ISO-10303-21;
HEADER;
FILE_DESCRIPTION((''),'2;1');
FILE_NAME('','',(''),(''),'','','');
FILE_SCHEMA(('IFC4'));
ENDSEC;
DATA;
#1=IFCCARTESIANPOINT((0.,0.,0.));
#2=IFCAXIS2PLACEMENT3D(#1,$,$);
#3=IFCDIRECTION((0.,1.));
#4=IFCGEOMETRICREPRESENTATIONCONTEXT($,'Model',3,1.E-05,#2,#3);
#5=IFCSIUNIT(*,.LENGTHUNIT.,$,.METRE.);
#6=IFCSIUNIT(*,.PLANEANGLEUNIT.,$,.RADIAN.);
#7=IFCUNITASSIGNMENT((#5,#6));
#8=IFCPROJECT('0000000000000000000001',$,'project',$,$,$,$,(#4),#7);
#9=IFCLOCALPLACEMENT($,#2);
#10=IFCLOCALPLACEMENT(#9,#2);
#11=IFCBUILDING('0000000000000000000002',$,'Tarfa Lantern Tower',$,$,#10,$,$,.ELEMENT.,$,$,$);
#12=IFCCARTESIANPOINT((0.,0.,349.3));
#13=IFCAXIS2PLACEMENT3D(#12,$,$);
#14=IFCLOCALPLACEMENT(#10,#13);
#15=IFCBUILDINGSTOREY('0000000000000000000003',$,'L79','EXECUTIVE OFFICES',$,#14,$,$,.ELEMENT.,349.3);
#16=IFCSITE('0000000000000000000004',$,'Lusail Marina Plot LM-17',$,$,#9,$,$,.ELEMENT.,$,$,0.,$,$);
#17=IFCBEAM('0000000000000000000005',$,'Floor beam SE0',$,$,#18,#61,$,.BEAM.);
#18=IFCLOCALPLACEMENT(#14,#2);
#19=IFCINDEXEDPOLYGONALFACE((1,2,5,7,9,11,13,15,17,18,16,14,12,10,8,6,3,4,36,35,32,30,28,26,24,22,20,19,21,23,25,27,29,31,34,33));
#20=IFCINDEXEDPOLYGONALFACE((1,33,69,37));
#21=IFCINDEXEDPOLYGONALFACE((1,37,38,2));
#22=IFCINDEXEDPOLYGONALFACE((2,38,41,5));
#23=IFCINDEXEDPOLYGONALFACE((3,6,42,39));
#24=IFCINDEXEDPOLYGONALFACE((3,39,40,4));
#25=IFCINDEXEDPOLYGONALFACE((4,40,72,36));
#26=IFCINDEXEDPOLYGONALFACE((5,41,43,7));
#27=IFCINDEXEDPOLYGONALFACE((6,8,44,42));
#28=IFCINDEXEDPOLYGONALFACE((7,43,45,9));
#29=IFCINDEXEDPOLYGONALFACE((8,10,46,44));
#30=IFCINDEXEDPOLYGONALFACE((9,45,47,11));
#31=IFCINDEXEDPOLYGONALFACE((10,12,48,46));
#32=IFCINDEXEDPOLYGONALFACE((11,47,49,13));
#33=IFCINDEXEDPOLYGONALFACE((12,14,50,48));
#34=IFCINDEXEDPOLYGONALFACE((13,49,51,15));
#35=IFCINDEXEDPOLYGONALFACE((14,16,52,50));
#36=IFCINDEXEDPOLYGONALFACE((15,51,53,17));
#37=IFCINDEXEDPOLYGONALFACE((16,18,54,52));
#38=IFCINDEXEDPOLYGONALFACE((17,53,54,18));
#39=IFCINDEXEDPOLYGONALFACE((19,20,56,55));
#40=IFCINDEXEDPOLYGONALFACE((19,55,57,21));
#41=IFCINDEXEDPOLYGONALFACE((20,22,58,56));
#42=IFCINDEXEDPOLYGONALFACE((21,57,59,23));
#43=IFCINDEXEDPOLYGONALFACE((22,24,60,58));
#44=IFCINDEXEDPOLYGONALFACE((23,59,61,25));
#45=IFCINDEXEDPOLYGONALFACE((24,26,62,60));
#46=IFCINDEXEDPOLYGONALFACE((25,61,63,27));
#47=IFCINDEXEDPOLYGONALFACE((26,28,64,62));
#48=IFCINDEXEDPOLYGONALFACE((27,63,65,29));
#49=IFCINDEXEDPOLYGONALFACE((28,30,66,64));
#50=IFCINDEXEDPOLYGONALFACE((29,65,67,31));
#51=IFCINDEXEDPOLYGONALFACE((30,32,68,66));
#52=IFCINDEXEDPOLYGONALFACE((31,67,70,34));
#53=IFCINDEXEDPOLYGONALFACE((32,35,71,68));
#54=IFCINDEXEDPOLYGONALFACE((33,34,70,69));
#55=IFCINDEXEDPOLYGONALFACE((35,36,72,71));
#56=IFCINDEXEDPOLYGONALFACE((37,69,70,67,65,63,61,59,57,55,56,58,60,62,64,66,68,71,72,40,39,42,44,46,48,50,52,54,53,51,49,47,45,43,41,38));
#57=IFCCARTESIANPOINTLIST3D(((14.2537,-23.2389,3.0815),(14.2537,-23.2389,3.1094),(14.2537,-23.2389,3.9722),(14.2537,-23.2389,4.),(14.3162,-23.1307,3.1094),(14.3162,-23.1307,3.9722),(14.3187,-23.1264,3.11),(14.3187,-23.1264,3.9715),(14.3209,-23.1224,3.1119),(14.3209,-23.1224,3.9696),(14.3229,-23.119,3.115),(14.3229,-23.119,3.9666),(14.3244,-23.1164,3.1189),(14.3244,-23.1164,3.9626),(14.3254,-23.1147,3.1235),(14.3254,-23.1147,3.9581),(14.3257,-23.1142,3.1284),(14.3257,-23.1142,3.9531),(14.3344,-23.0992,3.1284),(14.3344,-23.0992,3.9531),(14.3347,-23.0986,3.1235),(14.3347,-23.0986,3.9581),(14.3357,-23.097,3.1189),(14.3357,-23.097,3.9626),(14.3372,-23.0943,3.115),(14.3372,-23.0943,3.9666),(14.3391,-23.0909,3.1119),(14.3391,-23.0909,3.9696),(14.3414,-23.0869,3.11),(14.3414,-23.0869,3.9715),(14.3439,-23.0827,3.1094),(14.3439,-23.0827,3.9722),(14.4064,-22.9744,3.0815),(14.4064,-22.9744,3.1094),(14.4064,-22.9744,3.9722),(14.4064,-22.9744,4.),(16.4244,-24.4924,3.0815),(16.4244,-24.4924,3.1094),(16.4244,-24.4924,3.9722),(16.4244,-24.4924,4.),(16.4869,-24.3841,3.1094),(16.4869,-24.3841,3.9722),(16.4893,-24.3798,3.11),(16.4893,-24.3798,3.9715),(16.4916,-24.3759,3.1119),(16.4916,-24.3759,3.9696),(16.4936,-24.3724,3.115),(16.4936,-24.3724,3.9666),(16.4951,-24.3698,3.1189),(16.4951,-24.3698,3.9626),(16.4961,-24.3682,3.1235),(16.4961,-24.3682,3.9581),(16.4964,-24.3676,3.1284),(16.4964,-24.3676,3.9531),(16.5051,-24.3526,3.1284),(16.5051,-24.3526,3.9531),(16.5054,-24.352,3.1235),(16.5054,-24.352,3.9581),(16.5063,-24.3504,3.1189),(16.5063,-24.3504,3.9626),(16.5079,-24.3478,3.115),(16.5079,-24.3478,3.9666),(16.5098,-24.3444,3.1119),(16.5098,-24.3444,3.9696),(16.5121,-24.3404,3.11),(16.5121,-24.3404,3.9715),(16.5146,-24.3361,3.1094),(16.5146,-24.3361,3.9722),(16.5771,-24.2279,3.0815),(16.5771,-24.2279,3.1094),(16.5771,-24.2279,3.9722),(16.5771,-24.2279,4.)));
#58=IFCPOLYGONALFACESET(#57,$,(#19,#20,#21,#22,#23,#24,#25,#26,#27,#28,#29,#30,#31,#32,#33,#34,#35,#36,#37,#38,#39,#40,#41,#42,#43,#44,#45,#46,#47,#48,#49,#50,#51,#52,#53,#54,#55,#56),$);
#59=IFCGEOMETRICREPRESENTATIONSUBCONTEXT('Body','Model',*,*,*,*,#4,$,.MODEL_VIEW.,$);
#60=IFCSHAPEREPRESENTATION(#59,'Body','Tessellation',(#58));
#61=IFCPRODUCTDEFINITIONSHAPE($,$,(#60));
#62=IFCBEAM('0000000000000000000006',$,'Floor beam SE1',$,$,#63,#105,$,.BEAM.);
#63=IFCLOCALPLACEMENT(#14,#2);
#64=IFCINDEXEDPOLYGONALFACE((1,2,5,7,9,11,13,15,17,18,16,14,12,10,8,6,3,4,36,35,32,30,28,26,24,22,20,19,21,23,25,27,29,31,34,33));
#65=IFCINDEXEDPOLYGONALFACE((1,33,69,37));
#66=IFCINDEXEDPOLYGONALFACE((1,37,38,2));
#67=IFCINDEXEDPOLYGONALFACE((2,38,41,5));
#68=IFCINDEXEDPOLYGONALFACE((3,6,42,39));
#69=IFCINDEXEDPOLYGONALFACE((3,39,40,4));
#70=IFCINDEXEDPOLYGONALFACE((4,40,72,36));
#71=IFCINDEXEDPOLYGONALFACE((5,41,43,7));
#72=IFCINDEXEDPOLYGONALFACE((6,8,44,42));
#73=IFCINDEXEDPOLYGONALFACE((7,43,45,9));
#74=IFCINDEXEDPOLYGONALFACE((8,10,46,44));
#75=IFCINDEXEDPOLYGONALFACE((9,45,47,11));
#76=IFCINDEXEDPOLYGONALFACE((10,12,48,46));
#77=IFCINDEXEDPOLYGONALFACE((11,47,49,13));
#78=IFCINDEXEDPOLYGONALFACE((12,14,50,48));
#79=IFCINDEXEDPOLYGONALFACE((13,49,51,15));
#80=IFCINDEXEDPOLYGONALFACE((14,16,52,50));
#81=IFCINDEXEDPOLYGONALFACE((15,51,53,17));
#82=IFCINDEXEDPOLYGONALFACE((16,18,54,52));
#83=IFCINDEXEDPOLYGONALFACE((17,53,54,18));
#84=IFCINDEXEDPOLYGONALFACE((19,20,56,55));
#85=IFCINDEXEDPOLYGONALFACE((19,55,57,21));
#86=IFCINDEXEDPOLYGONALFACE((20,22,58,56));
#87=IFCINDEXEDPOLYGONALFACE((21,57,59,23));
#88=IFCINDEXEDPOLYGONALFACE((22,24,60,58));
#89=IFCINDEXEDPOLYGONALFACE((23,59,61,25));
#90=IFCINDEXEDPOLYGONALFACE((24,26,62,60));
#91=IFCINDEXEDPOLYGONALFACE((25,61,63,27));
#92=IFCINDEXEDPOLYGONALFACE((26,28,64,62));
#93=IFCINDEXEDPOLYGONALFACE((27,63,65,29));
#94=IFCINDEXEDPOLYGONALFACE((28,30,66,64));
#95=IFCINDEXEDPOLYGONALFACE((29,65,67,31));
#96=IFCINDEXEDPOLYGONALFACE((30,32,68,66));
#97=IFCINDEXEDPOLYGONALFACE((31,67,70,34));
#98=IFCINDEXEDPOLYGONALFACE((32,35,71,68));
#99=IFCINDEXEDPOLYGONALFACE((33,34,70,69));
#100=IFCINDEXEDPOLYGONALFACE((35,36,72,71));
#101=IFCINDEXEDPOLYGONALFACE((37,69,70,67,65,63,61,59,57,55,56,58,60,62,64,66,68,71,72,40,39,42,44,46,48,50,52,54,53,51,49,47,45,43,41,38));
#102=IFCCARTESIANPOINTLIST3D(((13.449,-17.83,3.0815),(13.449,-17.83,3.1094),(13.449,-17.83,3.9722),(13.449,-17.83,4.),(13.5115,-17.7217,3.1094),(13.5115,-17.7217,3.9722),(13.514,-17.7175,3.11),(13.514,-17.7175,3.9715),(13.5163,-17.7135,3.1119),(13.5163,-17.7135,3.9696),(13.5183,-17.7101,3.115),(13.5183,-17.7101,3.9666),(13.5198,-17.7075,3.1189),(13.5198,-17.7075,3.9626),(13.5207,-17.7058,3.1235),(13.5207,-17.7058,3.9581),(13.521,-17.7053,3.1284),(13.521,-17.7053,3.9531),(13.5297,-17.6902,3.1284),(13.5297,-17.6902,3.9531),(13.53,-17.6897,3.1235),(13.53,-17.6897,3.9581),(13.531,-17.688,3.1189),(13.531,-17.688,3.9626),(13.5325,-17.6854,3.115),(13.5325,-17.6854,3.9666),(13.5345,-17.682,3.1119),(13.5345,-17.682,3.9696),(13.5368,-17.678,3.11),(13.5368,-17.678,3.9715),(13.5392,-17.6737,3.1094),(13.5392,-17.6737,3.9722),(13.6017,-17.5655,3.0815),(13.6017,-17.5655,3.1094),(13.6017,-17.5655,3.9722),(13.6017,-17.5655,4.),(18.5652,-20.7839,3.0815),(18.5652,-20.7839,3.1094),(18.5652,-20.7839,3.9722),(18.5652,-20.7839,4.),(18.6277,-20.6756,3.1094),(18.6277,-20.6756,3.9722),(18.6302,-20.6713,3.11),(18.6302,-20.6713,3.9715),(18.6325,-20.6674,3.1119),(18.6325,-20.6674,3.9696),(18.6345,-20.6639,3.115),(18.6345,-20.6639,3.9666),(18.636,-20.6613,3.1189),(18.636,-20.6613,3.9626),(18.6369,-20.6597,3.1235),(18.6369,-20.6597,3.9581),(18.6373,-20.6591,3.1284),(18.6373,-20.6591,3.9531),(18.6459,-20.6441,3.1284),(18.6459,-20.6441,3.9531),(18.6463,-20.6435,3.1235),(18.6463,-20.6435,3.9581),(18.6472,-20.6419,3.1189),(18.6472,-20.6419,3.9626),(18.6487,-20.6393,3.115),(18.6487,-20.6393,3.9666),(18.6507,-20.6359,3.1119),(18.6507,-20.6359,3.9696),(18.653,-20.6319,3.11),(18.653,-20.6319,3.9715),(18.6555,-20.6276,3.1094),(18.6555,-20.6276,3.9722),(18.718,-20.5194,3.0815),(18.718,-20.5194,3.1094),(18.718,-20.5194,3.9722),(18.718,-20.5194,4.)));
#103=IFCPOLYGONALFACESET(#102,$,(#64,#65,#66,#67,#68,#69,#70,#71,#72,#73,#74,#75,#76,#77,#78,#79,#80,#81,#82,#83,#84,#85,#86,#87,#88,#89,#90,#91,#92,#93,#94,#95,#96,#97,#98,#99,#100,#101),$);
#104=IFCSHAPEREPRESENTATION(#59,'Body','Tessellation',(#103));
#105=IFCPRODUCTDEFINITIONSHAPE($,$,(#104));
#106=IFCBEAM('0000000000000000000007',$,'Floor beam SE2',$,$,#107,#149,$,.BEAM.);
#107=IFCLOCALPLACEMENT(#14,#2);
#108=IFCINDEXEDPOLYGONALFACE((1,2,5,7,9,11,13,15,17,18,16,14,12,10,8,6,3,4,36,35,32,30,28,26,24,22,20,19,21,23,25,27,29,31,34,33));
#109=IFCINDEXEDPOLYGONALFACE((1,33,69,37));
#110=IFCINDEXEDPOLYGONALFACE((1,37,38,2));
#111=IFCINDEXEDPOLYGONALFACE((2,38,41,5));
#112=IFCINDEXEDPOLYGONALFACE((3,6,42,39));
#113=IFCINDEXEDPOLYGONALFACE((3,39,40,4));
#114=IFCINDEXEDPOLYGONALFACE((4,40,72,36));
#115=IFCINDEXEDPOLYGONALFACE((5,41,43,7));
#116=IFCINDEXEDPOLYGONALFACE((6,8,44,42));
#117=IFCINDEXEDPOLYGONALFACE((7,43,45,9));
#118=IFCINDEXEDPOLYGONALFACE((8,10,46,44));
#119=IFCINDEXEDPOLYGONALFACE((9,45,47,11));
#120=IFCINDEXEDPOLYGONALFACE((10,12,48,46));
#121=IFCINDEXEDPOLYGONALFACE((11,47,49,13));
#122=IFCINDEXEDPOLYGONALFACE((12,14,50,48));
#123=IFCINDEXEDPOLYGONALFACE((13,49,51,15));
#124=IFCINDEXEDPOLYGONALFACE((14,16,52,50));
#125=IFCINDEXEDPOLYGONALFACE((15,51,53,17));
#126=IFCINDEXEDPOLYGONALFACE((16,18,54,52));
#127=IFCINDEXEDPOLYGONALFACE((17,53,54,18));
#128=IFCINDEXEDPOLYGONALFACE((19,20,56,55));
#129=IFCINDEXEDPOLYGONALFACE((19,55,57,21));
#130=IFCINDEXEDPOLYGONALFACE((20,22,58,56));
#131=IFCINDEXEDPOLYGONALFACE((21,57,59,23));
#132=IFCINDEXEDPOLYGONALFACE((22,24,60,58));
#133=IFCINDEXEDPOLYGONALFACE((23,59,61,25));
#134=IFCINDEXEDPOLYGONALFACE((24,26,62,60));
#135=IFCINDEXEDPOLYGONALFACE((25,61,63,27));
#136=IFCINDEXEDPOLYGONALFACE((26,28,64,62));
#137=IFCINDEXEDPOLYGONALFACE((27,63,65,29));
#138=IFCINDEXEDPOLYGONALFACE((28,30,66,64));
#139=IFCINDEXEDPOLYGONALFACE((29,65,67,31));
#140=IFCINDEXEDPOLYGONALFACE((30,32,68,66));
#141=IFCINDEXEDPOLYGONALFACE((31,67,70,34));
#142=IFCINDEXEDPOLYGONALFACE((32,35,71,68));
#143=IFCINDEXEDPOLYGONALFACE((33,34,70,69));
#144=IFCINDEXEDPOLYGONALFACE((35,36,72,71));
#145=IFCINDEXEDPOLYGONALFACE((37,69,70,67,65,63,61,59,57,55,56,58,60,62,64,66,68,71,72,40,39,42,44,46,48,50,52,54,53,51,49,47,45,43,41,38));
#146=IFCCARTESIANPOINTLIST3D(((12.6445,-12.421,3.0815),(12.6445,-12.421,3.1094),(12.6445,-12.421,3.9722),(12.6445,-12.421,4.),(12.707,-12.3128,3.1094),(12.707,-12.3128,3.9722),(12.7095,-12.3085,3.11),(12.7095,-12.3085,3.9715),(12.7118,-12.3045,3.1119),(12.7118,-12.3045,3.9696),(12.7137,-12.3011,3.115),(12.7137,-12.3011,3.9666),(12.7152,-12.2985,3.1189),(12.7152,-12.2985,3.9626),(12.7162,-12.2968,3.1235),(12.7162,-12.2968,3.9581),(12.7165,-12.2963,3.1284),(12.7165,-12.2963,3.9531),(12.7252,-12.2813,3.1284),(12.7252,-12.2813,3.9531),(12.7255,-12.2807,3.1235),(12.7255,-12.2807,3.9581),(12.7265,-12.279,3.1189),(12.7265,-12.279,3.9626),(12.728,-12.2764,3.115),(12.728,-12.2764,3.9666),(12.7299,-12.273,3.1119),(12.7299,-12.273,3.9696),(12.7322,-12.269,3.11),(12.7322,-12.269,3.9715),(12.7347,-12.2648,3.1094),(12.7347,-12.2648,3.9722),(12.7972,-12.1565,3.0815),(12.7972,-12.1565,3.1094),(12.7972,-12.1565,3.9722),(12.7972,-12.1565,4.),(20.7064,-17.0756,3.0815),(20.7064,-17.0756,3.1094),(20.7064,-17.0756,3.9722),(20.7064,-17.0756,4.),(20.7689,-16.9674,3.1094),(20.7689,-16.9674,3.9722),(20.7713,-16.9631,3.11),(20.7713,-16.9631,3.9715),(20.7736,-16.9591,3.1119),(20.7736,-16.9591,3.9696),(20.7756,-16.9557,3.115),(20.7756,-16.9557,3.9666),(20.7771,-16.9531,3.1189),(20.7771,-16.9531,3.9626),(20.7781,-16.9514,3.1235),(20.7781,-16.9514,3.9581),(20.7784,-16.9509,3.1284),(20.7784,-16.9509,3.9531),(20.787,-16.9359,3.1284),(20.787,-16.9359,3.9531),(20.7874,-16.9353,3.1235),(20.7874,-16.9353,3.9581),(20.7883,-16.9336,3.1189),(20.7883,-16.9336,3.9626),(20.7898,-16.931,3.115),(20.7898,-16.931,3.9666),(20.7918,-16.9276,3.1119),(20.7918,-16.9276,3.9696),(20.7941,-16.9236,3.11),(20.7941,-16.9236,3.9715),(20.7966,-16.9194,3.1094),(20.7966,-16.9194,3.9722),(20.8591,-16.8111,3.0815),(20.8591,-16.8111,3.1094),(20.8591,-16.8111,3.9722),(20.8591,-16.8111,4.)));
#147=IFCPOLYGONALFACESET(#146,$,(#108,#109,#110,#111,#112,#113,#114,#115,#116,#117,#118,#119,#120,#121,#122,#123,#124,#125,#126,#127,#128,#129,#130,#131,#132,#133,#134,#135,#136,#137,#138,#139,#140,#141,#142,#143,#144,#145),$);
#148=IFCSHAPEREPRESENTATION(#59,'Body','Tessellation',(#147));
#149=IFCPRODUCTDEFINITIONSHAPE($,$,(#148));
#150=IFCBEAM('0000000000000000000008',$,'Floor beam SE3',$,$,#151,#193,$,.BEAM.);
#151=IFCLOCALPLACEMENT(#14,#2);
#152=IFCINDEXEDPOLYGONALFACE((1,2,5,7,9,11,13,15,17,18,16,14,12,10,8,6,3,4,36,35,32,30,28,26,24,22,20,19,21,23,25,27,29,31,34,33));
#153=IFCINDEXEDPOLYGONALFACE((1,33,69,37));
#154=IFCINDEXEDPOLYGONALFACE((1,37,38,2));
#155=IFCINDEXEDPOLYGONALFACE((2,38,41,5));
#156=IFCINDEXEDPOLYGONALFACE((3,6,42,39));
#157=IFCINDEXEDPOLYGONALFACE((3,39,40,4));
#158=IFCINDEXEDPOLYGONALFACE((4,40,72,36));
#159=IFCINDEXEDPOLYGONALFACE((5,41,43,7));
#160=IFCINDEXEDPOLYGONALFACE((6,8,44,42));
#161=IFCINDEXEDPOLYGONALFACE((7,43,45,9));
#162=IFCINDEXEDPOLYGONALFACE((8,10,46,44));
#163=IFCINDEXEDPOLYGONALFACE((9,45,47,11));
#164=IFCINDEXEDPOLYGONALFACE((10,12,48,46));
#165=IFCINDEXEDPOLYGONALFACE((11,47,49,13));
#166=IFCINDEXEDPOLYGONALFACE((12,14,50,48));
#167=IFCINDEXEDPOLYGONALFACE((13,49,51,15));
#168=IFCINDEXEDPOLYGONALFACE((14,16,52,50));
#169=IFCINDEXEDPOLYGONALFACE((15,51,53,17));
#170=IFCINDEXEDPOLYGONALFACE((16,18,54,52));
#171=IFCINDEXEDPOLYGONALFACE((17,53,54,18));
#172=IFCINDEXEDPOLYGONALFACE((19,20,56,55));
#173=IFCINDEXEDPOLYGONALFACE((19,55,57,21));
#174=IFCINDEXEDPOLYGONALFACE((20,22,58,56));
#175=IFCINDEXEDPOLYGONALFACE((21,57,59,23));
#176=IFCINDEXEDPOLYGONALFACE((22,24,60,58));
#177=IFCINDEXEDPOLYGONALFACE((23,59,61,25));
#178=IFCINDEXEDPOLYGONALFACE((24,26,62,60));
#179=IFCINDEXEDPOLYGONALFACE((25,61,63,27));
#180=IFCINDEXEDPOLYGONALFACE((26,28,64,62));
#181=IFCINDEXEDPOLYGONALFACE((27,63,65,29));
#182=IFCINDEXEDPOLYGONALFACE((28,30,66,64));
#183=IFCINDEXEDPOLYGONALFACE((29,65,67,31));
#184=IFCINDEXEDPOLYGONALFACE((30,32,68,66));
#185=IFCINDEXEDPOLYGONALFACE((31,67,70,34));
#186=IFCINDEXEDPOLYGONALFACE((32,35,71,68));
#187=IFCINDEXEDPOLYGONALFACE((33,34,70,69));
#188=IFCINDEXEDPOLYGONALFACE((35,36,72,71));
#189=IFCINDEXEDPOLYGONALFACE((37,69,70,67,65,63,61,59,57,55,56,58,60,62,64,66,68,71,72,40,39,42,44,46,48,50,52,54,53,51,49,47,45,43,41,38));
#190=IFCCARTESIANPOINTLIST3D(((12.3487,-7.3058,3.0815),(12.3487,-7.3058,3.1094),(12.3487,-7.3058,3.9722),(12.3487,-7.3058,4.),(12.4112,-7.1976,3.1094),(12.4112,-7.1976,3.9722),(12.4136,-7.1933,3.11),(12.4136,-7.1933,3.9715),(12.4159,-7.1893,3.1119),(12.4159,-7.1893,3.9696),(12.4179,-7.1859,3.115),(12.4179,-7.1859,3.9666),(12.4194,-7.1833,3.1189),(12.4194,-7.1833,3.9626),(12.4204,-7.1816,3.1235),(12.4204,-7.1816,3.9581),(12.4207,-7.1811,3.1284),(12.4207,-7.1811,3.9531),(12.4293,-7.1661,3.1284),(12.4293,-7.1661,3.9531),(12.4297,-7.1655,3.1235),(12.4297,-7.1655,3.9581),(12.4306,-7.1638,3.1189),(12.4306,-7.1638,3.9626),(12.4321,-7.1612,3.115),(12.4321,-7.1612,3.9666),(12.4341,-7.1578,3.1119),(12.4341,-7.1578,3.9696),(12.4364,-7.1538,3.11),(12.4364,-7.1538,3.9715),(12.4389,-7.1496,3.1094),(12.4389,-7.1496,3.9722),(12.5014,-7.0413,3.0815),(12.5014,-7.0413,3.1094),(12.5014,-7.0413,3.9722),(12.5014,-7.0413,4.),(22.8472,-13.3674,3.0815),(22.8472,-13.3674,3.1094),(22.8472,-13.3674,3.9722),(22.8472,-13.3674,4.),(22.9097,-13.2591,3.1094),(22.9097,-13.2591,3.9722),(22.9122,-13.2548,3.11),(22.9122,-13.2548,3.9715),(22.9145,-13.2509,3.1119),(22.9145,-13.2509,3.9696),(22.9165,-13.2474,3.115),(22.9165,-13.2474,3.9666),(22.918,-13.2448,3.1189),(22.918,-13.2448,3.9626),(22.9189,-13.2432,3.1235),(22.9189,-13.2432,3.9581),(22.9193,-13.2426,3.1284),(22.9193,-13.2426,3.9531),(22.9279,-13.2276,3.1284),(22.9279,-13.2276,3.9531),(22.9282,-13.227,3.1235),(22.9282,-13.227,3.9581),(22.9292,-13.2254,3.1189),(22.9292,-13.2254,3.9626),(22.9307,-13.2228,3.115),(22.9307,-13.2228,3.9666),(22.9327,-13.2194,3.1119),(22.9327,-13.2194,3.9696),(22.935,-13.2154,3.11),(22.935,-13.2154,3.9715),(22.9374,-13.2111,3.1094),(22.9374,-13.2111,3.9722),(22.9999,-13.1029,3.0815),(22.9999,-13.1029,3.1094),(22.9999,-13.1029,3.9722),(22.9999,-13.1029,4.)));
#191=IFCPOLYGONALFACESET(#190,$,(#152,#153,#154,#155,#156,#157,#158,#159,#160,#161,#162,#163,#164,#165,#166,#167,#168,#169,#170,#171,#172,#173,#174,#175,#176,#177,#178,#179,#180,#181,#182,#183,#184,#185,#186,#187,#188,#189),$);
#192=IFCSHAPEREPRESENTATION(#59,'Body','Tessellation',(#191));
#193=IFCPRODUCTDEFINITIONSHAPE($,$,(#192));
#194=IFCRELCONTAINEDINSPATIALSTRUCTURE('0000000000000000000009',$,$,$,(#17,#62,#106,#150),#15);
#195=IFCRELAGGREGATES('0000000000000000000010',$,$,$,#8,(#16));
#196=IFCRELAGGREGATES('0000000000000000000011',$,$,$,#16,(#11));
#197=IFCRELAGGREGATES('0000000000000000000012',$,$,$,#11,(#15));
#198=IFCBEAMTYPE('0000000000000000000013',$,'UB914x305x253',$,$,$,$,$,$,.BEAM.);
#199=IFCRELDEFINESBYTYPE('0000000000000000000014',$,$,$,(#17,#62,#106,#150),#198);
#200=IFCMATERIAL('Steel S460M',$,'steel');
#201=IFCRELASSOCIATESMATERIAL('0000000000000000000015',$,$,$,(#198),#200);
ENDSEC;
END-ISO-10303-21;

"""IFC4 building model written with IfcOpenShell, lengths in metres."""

from ifc_helpers import new_model, si_unit, direction, frame, origin, origin_2d, place, context, subcontext, project, spatial, i_section, extrude, material, material_profile, profile_set, type_object, element, save


model = new_model("IFC4")

# Units and contexts
model_context = context("Model", 3, precision=1e-05, world=origin(), true_north=direction((0.0, 1.0)))
body_context = subcontext(model_context, "Body", "Model", "MODEL_VIEW")
ifc_project = project(units=[si_unit("LENGTHUNIT", "METRE"), si_unit("PLANEANGLEUNIT", "RADIAN")], contexts=[model_context])

# Site, building, storey
site_placement = place(None, origin())
site = spatial("IfcSite", under=ifc_project, at=site_placement, Name="Lusail Marina Plot LM-17", CompositionType="ELEMENT", RefElevation=0.0)
building_placement = place(site_placement, origin())
building = spatial("IfcBuilding", under=site, at=building_placement, Name="Tarfa Lantern Tower", CompositionType="ELEMENT")
storey_placement = place(building_placement, frame((0.0, 0.0, 349.3)))
storey = spatial("IfcBuildingStorey", under=building, at=storey_placement, Name="L79", Description="EXECUTIVE OFFICES", CompositionType="ELEMENT", Elevation=349.3)

# Beams
ifc_material_1 = material(Name="Steel S460M", Category="steel")
ifc_material_profile_1 = material_profile(ifc_material_1, i_section(OverallWidth=0.3054, OverallDepth=0.9185, WebThickness=0.0173, FlangeThickness=0.0278, FilletRadius=0.019, at=origin_2d()), Name="UB914x305x253")
ifc_profile_set_1 = profile_set([ifc_material_profile_1], Name="Steel S460M")
beam_type_1 = type_object("IfcBeamType", Name="UB914x305x253", PredefinedType="BEAM", material=ifc_profile_set_1)
beam_1_placement = place(storey_placement, frame((16.5007, -24.3601, 3.5408), z_axis=(-0.865993, 0.500057, 0.0), x_axis=(-0.500057, -0.865993, 0.0)))
element("IfcBeam", 1, at=beam_1_placement, inside=storey, type_object=beam_type_1, Name="Floor beam SE0", PredefinedType="BEAM", context=body_context, shape_type="SweptSolid", body=[
    extrude(i_section(OverallWidth=0.3054, OverallDepth=0.9185, WebThickness=0.0173, FlangeThickness=0.0278, FilletRadius=0.019, at=origin_2d()), origin(), (0.0, 0.0, 1.0), 2.5066),
])
beam_2_placement = place(storey_placement, frame((18.6416, -20.6516, 3.5408), z_axis=(-0.866025, 0.500001, 0.0), x_axis=(-0.500001, -0.866025, 0.0)))
element("IfcBeam", 2, at=beam_2_placement, inside=storey, type_object=beam_type_1, Name="Floor beam SE1", PredefinedType="BEAM", context=body_context, shape_type="SweptSolid", body=[
    extrude(i_section(OverallWidth=0.3054, OverallDepth=0.9185, WebThickness=0.0173, FlangeThickness=0.0278, FilletRadius=0.019, at=origin_2d()), origin(), (0.0, 0.0, 1.0), 5.9077),
])
beam_3_placement = place(storey_placement, frame((20.7827, -16.9434, 3.5408), z_axis=(-0.866022, 0.500006, 0.0), x_axis=(-0.500006, -0.866022, 0.0)))
element("IfcBeam", 3, at=beam_3_placement, inside=storey, type_object=beam_type_1, Name="Floor beam SE2", PredefinedType="BEAM", context=body_context, shape_type="SweptSolid", body=[
    extrude(i_section(OverallWidth=0.3054, OverallDepth=0.9185, WebThickness=0.0173, FlangeThickness=0.0278, FilletRadius=0.019, at=origin_2d()), origin(), (0.0, 0.0, 1.0), 9.3091),
])
beam_4_placement = place(storey_placement, frame((22.9236, -13.2351, 3.5408), z_axis=(-0.866019, 0.500012, 0.0), x_axis=(-0.500012, -0.866019, 0.0)))
element("IfcBeam", 4, at=beam_4_placement, inside=storey, type_object=beam_type_1, Name="Floor beam SE3", PredefinedType="BEAM", context=body_context, shape_type="SweptSolid", body=[
    extrude(i_section(OverallWidth=0.3054, OverallDepth=0.9185, WebThickness=0.0173, FlangeThickness=0.0278, FilletRadius=0.019, at=origin_2d()), origin(), (0.0, 0.0, 1.0), 12.1228),
])

save(model, "model.ifc")
